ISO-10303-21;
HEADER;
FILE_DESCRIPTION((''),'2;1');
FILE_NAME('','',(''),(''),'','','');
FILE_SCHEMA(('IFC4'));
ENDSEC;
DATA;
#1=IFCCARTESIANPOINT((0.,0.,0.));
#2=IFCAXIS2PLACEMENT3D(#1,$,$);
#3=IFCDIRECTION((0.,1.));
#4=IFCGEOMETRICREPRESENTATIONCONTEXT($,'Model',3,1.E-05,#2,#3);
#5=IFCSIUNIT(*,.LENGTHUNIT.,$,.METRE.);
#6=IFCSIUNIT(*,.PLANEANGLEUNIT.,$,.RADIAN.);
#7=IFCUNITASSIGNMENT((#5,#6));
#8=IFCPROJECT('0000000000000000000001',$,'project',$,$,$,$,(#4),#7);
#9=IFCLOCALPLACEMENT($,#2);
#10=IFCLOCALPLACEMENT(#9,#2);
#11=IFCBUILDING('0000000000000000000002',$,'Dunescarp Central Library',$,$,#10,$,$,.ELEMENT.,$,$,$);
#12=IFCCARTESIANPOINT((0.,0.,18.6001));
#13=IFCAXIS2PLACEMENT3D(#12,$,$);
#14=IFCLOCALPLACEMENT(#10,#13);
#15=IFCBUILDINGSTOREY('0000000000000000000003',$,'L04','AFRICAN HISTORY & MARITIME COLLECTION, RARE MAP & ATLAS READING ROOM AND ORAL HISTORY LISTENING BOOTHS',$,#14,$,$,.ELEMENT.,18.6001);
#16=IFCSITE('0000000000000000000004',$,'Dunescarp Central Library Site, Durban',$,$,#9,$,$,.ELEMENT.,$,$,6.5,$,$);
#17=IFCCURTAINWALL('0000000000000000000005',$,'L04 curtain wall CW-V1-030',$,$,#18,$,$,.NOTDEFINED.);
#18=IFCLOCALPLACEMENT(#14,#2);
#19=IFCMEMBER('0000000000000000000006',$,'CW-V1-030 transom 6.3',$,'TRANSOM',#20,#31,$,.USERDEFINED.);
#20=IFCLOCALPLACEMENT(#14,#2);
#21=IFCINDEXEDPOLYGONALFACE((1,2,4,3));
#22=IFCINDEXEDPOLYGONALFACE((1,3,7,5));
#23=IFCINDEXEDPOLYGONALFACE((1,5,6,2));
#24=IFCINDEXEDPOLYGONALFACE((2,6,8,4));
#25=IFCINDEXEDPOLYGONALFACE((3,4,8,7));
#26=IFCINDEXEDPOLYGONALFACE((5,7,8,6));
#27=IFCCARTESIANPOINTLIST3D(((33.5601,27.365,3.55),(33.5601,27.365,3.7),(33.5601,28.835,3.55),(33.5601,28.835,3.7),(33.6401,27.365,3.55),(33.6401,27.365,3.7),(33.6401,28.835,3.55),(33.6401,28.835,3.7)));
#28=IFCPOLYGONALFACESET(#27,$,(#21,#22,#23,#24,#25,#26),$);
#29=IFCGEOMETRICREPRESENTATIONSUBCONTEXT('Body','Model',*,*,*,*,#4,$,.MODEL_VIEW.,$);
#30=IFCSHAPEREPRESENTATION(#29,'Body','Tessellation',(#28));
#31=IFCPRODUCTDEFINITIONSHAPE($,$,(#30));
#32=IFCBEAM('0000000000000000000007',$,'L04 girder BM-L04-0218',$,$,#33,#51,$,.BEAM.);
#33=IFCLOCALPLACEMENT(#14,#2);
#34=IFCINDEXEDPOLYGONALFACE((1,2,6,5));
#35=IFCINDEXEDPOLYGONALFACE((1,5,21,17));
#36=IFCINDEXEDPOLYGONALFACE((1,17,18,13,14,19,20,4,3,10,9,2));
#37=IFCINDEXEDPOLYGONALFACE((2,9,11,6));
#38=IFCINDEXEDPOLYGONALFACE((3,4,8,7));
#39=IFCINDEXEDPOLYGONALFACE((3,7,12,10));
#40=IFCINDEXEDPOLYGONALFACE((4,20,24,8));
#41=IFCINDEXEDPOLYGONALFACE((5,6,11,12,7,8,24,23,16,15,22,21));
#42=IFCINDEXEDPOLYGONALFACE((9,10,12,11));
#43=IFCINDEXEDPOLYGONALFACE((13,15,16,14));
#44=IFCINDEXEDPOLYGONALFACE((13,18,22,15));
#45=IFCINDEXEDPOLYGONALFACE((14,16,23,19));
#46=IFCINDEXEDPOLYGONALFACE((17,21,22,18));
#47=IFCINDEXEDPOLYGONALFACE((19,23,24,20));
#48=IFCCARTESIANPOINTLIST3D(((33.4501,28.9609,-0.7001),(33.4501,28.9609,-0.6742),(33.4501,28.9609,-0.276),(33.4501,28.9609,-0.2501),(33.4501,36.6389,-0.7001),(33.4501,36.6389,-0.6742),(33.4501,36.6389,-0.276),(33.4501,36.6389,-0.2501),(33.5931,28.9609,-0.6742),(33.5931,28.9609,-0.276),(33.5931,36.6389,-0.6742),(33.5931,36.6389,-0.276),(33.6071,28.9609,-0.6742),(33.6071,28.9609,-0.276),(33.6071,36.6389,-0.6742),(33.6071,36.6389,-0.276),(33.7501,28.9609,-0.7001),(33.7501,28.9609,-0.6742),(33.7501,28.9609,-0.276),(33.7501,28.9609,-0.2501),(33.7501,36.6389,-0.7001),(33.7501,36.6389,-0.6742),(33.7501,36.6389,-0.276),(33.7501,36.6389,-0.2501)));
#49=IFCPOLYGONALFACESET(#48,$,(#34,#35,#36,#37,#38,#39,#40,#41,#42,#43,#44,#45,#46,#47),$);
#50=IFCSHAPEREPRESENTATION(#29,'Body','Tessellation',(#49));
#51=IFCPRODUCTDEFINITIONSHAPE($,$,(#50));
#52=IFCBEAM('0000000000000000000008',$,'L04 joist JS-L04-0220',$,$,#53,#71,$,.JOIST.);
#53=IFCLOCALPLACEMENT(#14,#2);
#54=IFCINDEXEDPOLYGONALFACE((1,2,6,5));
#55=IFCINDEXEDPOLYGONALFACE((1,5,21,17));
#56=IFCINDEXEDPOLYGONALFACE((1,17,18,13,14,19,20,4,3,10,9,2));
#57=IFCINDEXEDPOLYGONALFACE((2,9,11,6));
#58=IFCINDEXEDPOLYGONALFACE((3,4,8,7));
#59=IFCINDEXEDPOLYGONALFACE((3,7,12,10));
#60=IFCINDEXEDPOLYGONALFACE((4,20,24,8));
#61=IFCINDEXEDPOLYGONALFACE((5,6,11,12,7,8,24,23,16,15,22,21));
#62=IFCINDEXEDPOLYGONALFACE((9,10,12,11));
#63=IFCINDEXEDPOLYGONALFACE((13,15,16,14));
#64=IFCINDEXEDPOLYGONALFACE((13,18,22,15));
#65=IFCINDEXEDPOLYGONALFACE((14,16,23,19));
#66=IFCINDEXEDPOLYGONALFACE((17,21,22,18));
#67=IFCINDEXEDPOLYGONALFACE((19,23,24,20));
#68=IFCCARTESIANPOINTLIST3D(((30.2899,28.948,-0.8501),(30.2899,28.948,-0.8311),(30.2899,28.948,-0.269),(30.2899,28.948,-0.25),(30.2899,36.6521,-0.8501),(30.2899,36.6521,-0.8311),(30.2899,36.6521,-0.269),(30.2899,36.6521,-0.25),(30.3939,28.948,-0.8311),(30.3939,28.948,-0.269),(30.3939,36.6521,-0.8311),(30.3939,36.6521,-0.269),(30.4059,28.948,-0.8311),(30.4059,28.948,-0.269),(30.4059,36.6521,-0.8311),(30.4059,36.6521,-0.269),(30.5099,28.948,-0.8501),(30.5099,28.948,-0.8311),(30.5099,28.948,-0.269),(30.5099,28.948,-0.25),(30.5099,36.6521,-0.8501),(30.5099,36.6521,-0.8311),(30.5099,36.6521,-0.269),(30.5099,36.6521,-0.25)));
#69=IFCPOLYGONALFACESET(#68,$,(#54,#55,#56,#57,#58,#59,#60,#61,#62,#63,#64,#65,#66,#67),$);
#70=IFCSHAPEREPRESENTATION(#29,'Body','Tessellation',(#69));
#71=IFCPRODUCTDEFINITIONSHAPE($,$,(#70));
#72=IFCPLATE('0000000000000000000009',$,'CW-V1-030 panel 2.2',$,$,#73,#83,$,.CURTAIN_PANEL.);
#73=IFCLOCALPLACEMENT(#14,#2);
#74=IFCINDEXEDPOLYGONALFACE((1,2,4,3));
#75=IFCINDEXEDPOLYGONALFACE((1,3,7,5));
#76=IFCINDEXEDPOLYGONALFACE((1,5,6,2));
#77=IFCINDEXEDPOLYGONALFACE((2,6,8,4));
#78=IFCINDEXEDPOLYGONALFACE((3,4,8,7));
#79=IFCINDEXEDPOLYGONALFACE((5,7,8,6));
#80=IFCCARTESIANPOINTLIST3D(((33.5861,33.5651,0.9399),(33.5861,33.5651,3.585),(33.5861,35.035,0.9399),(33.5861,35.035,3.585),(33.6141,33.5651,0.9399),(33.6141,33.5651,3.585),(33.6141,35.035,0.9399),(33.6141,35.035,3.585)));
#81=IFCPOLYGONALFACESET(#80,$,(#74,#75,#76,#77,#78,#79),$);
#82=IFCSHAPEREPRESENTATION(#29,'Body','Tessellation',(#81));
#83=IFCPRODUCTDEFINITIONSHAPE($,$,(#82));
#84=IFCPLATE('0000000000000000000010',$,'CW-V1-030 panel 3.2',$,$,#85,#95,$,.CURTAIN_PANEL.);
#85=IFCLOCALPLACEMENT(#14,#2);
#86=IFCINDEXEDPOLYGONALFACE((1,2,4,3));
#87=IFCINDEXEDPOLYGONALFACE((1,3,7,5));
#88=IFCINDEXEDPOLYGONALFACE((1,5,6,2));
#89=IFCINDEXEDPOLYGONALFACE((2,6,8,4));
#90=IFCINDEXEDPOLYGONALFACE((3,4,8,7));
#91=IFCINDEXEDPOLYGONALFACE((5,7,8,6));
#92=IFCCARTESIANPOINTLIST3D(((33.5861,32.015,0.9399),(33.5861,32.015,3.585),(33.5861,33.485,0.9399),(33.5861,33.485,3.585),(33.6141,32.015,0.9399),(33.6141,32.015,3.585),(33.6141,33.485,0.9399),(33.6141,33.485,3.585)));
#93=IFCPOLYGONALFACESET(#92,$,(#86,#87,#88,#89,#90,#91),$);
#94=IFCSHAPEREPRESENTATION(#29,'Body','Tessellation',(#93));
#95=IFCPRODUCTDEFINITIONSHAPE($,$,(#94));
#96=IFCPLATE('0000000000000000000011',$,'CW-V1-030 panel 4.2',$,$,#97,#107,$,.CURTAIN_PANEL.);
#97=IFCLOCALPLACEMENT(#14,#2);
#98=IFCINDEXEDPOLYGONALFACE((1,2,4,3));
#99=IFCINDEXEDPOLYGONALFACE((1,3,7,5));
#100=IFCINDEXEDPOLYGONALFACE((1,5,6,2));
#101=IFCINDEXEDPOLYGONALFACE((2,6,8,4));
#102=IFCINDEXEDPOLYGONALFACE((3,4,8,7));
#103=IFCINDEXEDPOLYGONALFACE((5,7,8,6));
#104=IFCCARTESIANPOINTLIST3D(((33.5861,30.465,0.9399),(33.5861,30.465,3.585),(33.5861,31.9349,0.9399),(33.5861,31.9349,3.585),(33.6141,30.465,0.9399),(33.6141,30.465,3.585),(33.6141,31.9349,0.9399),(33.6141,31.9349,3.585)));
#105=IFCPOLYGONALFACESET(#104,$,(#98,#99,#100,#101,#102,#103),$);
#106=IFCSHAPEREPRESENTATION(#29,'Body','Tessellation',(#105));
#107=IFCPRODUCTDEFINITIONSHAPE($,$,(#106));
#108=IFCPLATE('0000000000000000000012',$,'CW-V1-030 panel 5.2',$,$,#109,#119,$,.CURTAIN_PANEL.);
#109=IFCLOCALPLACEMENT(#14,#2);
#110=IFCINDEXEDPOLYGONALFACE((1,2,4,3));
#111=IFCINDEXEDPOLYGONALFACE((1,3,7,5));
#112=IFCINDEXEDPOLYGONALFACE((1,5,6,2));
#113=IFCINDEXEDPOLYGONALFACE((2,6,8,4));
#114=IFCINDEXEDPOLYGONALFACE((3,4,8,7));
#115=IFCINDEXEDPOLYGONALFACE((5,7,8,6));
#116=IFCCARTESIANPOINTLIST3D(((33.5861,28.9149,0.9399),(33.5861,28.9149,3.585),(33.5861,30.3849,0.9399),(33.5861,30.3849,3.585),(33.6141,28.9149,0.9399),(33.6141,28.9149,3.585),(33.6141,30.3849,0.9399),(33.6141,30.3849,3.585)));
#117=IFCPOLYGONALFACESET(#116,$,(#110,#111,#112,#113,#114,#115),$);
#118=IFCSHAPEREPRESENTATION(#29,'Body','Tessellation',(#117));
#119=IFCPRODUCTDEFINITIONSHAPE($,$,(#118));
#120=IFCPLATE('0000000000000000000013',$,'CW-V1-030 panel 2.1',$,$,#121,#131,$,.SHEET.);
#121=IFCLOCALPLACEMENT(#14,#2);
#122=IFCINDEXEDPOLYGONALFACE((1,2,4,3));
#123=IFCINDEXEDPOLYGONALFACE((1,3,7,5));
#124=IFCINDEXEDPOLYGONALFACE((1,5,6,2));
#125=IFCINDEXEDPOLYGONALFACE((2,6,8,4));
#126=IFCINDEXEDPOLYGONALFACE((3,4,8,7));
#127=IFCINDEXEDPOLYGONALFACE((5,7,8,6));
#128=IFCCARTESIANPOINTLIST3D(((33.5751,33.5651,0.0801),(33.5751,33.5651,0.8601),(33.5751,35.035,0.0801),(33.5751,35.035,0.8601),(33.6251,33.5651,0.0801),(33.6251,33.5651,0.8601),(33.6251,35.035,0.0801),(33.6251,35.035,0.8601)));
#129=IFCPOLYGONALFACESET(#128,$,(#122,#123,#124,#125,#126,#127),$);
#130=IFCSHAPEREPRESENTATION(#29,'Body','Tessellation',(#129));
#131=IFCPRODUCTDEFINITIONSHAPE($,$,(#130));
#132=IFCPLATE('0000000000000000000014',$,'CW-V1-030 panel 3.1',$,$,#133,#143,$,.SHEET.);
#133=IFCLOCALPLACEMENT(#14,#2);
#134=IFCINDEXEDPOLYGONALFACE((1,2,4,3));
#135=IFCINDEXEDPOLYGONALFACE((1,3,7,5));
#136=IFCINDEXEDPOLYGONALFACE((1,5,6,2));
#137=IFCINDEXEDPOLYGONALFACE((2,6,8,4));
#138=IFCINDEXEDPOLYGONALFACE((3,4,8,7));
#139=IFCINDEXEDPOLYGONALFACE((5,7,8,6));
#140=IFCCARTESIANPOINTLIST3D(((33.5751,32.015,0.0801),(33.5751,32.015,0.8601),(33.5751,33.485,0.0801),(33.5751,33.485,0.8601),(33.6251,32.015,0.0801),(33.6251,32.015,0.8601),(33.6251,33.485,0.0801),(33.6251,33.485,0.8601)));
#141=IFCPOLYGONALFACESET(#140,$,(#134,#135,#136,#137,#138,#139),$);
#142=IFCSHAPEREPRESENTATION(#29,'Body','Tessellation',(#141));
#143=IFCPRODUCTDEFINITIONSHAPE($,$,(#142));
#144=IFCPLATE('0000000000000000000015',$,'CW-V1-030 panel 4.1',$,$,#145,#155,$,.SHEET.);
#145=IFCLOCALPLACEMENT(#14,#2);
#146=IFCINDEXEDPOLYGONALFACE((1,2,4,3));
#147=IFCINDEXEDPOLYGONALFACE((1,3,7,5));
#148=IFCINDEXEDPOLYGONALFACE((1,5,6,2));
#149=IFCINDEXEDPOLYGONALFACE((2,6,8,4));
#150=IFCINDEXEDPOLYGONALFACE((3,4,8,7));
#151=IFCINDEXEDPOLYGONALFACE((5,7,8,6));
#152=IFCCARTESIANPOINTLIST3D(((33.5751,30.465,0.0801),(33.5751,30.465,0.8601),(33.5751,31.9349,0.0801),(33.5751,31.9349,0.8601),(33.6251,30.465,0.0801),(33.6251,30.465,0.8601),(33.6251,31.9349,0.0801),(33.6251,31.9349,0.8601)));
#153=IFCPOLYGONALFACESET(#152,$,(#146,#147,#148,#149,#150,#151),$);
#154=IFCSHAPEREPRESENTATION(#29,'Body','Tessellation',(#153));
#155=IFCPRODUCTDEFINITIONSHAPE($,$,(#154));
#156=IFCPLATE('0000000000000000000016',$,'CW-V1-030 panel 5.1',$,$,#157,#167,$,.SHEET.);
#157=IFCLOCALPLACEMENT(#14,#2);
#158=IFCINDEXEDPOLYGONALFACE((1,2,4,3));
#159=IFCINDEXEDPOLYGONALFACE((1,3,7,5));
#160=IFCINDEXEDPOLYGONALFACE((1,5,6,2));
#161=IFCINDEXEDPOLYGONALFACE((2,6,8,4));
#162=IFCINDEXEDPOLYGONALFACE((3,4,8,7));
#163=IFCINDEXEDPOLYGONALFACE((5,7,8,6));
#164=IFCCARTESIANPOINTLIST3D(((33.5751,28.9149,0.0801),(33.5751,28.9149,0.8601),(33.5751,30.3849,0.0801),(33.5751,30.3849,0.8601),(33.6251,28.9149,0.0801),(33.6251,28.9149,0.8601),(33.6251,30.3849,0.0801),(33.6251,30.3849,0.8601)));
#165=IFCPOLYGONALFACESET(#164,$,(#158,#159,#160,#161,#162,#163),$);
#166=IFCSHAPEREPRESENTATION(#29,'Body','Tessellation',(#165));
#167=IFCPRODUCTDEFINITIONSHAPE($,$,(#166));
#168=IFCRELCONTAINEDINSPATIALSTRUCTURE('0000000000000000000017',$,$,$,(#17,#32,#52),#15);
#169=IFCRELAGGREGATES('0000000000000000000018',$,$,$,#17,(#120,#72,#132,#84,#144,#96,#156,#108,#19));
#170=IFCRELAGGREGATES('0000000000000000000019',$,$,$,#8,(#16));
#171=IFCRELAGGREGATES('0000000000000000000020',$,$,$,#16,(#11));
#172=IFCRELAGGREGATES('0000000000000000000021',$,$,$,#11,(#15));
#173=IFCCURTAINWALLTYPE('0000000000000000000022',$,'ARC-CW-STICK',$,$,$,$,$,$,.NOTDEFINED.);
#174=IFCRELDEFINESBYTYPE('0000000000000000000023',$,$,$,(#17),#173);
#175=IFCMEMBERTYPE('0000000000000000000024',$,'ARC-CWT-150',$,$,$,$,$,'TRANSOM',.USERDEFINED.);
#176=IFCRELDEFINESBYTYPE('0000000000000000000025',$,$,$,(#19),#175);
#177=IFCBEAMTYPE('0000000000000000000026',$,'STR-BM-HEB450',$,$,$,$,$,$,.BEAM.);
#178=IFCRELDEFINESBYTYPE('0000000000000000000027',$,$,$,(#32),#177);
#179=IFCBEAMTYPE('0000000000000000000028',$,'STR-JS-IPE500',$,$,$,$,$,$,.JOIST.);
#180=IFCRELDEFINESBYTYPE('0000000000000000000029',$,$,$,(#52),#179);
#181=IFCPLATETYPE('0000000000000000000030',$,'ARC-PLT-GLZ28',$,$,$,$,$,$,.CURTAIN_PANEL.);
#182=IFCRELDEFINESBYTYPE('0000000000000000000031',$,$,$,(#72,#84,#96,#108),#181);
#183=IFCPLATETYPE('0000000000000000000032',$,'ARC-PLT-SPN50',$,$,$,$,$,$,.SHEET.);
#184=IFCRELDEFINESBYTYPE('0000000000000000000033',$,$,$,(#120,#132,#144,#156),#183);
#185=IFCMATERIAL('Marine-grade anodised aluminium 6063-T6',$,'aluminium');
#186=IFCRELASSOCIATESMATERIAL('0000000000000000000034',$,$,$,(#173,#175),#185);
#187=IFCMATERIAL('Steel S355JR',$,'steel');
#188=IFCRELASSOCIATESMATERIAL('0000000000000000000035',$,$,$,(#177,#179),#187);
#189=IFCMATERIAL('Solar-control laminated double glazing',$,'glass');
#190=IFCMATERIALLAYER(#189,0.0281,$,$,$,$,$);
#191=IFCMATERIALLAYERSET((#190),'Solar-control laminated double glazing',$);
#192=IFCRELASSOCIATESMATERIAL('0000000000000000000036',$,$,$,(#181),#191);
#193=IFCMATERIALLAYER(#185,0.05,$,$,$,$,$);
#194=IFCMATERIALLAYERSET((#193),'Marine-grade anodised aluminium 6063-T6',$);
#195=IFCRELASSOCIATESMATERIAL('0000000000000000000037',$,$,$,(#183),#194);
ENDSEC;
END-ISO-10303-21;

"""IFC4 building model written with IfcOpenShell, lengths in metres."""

from ifc_helpers import new_model, si_unit, direction, frame, origin, origin_2d, place, context, subcontext, project, spatial, rectangle, i_section, extrude, material, layer, layer_set, material_profile, profile_set, type_object, element, aggregate, save


model = new_model("IFC4")

# Units and contexts
model_context = context("Model", 3, precision=1e-05, world=origin(), true_north=direction((0.0, 1.0)))
body_context = subcontext(model_context, "Body", "Model", "MODEL_VIEW")
ifc_project = project(units=[si_unit("LENGTHUNIT", "METRE"), si_unit("PLANEANGLEUNIT", "RADIAN")], contexts=[model_context])

# Site, building, storey
site_placement = place(None, origin())
site = spatial("IfcSite", under=ifc_project, at=site_placement, Name="Dunescarp Central Library Site, Durban", CompositionType="ELEMENT", RefElevation=6.5)
building_placement = place(site_placement, origin())
building = spatial("IfcBuilding", under=site, at=building_placement, Name="Dunescarp Central Library", CompositionType="ELEMENT")
storey_placement = place(building_placement, frame((0.0, 0.0, 18.6001)))
storey = spatial("IfcBuildingStorey", under=building, at=storey_placement, Name="L04", Description="AFRICAN HISTORY & MARITIME COLLECTION, RARE MAP & ATLAS READING ROOM AND ORAL HISTORY LISTENING BOOTHS", CompositionType="ELEMENT", Elevation=18.6001)

# Curtain wall, member
ifc_material_1 = material(Name="Marine-grade anodised aluminium 6063-T6", Category="aluminium")
curtain_wall_type = type_object("IfcCurtainWallType", Name="ARC-CW-STICK", PredefinedType="NOTDEFINED", material=ifc_material_1)
curtain_wall_placement = place(storey_placement, origin())
curtain_wall = element("IfcCurtainWall", 1, at=curtain_wall_placement, inside=storey, type_object=curtain_wall_type, Name="L04 curtain wall CW-V1-030", PredefinedType="NOTDEFINED")
ifc_material_profile_1 = material_profile(ifc_material_1, rectangle(XDim=0.0801, YDim=0.1499, at=origin_2d()), Name="AL 80x150")
ifc_profile_set_1 = profile_set([ifc_material_profile_1], Name="Marine-grade anodised aluminium 6063-T6")
member_type_1 = type_object("IfcMemberType", Name="ARC-CWT-150", ElementType="TRANSOM", PredefinedType="USERDEFINED", material=ifc_profile_set_1)
member_1_placement = place(storey_placement, frame((33.6001, 28.835, 3.625), z_axis=(0.0, -1.0, 0.0), x_axis=(1.0, 0.0, 0.0)))
member_1 = element("IfcMember", 2, at=member_1_placement, type_object=member_type_1, Name="CW-V1-030 transom 6.3", ObjectType="TRANSOM", PredefinedType="USERDEFINED", context=body_context, shape_type="SweptSolid", body=[
    extrude(rectangle(XDim=0.0801, YDim=0.1499, at=origin_2d()), origin(), (0.0, 0.0, 1.0), 1.47),
])

# Beams
ifc_material_2 = material(Name="Steel S355JR", Category="steel")
ifc_material_profile_2 = material_profile(ifc_material_2, i_section(OverallWidth=0.3, OverallDepth=0.45, WebThickness=0.0139, FlangeThickness=0.0259, at=origin_2d()), Name="HEB 450")
ifc_profile_set_2 = profile_set([ifc_material_profile_2], Name="Steel S355JR")
beam_type_1 = type_object("IfcBeamType", Name="STR-BM-HEB450", PredefinedType="BEAM", material=ifc_profile_set_2)
beam_1_placement = place(storey_placement, frame((33.6001, 28.9609, -0.4751), z_axis=(0.0, 1.0, 0.0), x_axis=(-1.0, 0.0, 0.0)))
element("IfcBeam", 3, at=beam_1_placement, inside=storey, type_object=beam_type_1, Name="L04 girder BM-L04-0218", PredefinedType="BEAM", context=body_context, shape_type="SweptSolid", body=[
    extrude(i_section(OverallWidth=0.3, OverallDepth=0.45, WebThickness=0.0139, FlangeThickness=0.0259, at=origin_2d()), origin(), (0.0, 0.0, 1.0), 7.678),
])
ifc_material_profile_3 = material_profile(ifc_material_2, i_section(OverallWidth=0.22, OverallDepth=0.6001, WebThickness=0.012, FlangeThickness=0.019, at=origin_2d()), Name="IPE 600")
ifc_profile_set_3 = profile_set([ifc_material_profile_3], Name="Steel S355JR")
beam_type_2 = type_object("IfcBeamType", Name="STR-JS-IPE500", PredefinedType="JOIST", material=ifc_profile_set_3)
beam_2_placement = place(storey_placement, frame((30.3999, 28.948, -0.55), z_axis=(0.0, 1.0, 0.0), x_axis=(-1.0, 0.0, 0.0)))
element("IfcBeam", 4, at=beam_2_placement, inside=storey, type_object=beam_type_2, Name="L04 joist JS-L04-0220", PredefinedType="JOIST", context=body_context, shape_type="SweptSolid", body=[
    extrude(i_section(OverallWidth=0.22, OverallDepth=0.6001, WebThickness=0.012, FlangeThickness=0.019, at=origin_2d()), origin(), (0.0, 0.0, 1.0), 7.7041),
])

# Plates
ifc_material_3 = material(Name="Solar-control laminated double glazing", Category="glass")
ifc_layer_1 = layer(ifc_material_3, 0.0281)
ifc_layer_set_1 = layer_set([ifc_layer_1], Name="Solar-control laminated double glazing")
plate_type_1 = type_object("IfcPlateType", Name="ARC-PLT-GLZ28", PredefinedType="CURTAIN_PANEL", material=ifc_layer_set_1)
plate_1_placement = place(storey_placement, frame((33.6001, 34.3, 0.9399), z_axis=(0.0, 0.0, 1.0), x_axis=(0.0, -1.0, 0.0)))
plate_1 = element("IfcPlate", 5, at=plate_1_placement, type_object=plate_type_1, Name="CW-V1-030 panel 2.2", PredefinedType="CURTAIN_PANEL", context=body_context, shape_type="SweptSolid", body=[
    extrude(rectangle(XDim=1.47, YDim=0.0281, at=origin_2d()), origin(), (0.0, 0.0, 1.0), 2.645),
])
plate_2_placement = place(storey_placement, frame((33.6001, 32.75, 0.9399), z_axis=(0.0, 0.0, 1.0), x_axis=(0.0, -1.0, 0.0)))
plate_2 = element("IfcPlate", 6, at=plate_2_placement, type_object=plate_type_1, Name="CW-V1-030 panel 3.2", PredefinedType="CURTAIN_PANEL", context=body_context, shape_type="SweptSolid", body=[
    extrude(rectangle(XDim=1.47, YDim=0.0281, at=origin_2d()), origin(), (0.0, 0.0, 1.0), 2.645),
])
plate_3_placement = place(storey_placement, frame((33.6001, 31.2, 0.9399), z_axis=(0.0, 0.0, 1.0), x_axis=(0.0, -1.0, 0.0)))
plate_3 = element("IfcPlate", 7, at=plate_3_placement, type_object=plate_type_1, Name="CW-V1-030 panel 4.2", PredefinedType="CURTAIN_PANEL", context=body_context, shape_type="SweptSolid", body=[
    extrude(rectangle(XDim=1.47, YDim=0.0281, at=origin_2d()), origin(), (0.0, 0.0, 1.0), 2.645),
])
plate_4_placement = place(storey_placement, frame((33.6001, 29.6499, 0.9399), z_axis=(0.0, 0.0, 1.0), x_axis=(0.0, -1.0, 0.0)))
plate_4 = element("IfcPlate", 8, at=plate_4_placement, type_object=plate_type_1, Name="CW-V1-030 panel 5.2", PredefinedType="CURTAIN_PANEL", context=body_context, shape_type="SweptSolid", body=[
    extrude(rectangle(XDim=1.47, YDim=0.0281, at=origin_2d()), origin(), (0.0, 0.0, 1.0), 2.645),
])
ifc_layer_2 = layer(ifc_material_1, 0.05)
ifc_layer_set_2 = layer_set([ifc_layer_2], Name="Marine-grade anodised aluminium 6063-T6")
plate_type_2 = type_object("IfcPlateType", Name="ARC-PLT-SPN50", PredefinedType="SHEET", material=ifc_layer_set_2)
plate_5_placement = place(storey_placement, frame((33.6001, 34.3, 0.0801), z_axis=(0.0, 0.0, 1.0), x_axis=(0.0, -1.0, 0.0)))
plate_5 = element("IfcPlate", 9, at=plate_5_placement, type_object=plate_type_2, Name="CW-V1-030 panel 2.1", PredefinedType="SHEET", context=body_context, shape_type="SweptSolid", body=[
    extrude(rectangle(XDim=1.47, YDim=0.05, at=origin_2d()), origin(), (0.0, 0.0, 1.0), 0.78),
])
plate_6_placement = place(storey_placement, frame((33.6001, 32.75, 0.0801), z_axis=(0.0, 0.0, 1.0), x_axis=(0.0, -1.0, 0.0)))
plate_6 = element("IfcPlate", 10, at=plate_6_placement, type_object=plate_type_2, Name="CW-V1-030 panel 3.1", PredefinedType="SHEET", context=body_context, shape_type="SweptSolid", body=[
    extrude(rectangle(XDim=1.47, YDim=0.05, at=origin_2d()), origin(), (0.0, 0.0, 1.0), 0.78),
])
plate_7_placement = place(storey_placement, frame((33.6001, 31.2, 0.0801), z_axis=(0.0, 0.0, 1.0), x_axis=(0.0, -1.0, 0.0)))
plate_7 = element("IfcPlate", 11, at=plate_7_placement, type_object=plate_type_2, Name="CW-V1-030 panel 4.1", PredefinedType="SHEET", context=body_context, shape_type="SweptSolid", body=[
    extrude(rectangle(XDim=1.47, YDim=0.05, at=origin_2d()), origin(), (0.0, 0.0, 1.0), 0.78),
])
plate_8_placement = place(storey_placement, frame((33.6001, 29.6499, 0.0801), z_axis=(0.0, 0.0, 1.0), x_axis=(0.0, -1.0, 0.0)))
plate_8 = element("IfcPlate", 12, at=plate_8_placement, type_object=plate_type_2, Name="CW-V1-030 panel 5.1", PredefinedType="SHEET", context=body_context, shape_type="SweptSolid", body=[
    extrude(rectangle(XDim=1.47, YDim=0.05, at=origin_2d()), origin(), (0.0, 0.0, 1.0), 0.78),
])
aggregate(curtain_wall, [plate_5, plate_1, plate_6, plate_2, plate_7, plate_3, plate_8, plate_4, member_1])

save(model, "model.ifc")
